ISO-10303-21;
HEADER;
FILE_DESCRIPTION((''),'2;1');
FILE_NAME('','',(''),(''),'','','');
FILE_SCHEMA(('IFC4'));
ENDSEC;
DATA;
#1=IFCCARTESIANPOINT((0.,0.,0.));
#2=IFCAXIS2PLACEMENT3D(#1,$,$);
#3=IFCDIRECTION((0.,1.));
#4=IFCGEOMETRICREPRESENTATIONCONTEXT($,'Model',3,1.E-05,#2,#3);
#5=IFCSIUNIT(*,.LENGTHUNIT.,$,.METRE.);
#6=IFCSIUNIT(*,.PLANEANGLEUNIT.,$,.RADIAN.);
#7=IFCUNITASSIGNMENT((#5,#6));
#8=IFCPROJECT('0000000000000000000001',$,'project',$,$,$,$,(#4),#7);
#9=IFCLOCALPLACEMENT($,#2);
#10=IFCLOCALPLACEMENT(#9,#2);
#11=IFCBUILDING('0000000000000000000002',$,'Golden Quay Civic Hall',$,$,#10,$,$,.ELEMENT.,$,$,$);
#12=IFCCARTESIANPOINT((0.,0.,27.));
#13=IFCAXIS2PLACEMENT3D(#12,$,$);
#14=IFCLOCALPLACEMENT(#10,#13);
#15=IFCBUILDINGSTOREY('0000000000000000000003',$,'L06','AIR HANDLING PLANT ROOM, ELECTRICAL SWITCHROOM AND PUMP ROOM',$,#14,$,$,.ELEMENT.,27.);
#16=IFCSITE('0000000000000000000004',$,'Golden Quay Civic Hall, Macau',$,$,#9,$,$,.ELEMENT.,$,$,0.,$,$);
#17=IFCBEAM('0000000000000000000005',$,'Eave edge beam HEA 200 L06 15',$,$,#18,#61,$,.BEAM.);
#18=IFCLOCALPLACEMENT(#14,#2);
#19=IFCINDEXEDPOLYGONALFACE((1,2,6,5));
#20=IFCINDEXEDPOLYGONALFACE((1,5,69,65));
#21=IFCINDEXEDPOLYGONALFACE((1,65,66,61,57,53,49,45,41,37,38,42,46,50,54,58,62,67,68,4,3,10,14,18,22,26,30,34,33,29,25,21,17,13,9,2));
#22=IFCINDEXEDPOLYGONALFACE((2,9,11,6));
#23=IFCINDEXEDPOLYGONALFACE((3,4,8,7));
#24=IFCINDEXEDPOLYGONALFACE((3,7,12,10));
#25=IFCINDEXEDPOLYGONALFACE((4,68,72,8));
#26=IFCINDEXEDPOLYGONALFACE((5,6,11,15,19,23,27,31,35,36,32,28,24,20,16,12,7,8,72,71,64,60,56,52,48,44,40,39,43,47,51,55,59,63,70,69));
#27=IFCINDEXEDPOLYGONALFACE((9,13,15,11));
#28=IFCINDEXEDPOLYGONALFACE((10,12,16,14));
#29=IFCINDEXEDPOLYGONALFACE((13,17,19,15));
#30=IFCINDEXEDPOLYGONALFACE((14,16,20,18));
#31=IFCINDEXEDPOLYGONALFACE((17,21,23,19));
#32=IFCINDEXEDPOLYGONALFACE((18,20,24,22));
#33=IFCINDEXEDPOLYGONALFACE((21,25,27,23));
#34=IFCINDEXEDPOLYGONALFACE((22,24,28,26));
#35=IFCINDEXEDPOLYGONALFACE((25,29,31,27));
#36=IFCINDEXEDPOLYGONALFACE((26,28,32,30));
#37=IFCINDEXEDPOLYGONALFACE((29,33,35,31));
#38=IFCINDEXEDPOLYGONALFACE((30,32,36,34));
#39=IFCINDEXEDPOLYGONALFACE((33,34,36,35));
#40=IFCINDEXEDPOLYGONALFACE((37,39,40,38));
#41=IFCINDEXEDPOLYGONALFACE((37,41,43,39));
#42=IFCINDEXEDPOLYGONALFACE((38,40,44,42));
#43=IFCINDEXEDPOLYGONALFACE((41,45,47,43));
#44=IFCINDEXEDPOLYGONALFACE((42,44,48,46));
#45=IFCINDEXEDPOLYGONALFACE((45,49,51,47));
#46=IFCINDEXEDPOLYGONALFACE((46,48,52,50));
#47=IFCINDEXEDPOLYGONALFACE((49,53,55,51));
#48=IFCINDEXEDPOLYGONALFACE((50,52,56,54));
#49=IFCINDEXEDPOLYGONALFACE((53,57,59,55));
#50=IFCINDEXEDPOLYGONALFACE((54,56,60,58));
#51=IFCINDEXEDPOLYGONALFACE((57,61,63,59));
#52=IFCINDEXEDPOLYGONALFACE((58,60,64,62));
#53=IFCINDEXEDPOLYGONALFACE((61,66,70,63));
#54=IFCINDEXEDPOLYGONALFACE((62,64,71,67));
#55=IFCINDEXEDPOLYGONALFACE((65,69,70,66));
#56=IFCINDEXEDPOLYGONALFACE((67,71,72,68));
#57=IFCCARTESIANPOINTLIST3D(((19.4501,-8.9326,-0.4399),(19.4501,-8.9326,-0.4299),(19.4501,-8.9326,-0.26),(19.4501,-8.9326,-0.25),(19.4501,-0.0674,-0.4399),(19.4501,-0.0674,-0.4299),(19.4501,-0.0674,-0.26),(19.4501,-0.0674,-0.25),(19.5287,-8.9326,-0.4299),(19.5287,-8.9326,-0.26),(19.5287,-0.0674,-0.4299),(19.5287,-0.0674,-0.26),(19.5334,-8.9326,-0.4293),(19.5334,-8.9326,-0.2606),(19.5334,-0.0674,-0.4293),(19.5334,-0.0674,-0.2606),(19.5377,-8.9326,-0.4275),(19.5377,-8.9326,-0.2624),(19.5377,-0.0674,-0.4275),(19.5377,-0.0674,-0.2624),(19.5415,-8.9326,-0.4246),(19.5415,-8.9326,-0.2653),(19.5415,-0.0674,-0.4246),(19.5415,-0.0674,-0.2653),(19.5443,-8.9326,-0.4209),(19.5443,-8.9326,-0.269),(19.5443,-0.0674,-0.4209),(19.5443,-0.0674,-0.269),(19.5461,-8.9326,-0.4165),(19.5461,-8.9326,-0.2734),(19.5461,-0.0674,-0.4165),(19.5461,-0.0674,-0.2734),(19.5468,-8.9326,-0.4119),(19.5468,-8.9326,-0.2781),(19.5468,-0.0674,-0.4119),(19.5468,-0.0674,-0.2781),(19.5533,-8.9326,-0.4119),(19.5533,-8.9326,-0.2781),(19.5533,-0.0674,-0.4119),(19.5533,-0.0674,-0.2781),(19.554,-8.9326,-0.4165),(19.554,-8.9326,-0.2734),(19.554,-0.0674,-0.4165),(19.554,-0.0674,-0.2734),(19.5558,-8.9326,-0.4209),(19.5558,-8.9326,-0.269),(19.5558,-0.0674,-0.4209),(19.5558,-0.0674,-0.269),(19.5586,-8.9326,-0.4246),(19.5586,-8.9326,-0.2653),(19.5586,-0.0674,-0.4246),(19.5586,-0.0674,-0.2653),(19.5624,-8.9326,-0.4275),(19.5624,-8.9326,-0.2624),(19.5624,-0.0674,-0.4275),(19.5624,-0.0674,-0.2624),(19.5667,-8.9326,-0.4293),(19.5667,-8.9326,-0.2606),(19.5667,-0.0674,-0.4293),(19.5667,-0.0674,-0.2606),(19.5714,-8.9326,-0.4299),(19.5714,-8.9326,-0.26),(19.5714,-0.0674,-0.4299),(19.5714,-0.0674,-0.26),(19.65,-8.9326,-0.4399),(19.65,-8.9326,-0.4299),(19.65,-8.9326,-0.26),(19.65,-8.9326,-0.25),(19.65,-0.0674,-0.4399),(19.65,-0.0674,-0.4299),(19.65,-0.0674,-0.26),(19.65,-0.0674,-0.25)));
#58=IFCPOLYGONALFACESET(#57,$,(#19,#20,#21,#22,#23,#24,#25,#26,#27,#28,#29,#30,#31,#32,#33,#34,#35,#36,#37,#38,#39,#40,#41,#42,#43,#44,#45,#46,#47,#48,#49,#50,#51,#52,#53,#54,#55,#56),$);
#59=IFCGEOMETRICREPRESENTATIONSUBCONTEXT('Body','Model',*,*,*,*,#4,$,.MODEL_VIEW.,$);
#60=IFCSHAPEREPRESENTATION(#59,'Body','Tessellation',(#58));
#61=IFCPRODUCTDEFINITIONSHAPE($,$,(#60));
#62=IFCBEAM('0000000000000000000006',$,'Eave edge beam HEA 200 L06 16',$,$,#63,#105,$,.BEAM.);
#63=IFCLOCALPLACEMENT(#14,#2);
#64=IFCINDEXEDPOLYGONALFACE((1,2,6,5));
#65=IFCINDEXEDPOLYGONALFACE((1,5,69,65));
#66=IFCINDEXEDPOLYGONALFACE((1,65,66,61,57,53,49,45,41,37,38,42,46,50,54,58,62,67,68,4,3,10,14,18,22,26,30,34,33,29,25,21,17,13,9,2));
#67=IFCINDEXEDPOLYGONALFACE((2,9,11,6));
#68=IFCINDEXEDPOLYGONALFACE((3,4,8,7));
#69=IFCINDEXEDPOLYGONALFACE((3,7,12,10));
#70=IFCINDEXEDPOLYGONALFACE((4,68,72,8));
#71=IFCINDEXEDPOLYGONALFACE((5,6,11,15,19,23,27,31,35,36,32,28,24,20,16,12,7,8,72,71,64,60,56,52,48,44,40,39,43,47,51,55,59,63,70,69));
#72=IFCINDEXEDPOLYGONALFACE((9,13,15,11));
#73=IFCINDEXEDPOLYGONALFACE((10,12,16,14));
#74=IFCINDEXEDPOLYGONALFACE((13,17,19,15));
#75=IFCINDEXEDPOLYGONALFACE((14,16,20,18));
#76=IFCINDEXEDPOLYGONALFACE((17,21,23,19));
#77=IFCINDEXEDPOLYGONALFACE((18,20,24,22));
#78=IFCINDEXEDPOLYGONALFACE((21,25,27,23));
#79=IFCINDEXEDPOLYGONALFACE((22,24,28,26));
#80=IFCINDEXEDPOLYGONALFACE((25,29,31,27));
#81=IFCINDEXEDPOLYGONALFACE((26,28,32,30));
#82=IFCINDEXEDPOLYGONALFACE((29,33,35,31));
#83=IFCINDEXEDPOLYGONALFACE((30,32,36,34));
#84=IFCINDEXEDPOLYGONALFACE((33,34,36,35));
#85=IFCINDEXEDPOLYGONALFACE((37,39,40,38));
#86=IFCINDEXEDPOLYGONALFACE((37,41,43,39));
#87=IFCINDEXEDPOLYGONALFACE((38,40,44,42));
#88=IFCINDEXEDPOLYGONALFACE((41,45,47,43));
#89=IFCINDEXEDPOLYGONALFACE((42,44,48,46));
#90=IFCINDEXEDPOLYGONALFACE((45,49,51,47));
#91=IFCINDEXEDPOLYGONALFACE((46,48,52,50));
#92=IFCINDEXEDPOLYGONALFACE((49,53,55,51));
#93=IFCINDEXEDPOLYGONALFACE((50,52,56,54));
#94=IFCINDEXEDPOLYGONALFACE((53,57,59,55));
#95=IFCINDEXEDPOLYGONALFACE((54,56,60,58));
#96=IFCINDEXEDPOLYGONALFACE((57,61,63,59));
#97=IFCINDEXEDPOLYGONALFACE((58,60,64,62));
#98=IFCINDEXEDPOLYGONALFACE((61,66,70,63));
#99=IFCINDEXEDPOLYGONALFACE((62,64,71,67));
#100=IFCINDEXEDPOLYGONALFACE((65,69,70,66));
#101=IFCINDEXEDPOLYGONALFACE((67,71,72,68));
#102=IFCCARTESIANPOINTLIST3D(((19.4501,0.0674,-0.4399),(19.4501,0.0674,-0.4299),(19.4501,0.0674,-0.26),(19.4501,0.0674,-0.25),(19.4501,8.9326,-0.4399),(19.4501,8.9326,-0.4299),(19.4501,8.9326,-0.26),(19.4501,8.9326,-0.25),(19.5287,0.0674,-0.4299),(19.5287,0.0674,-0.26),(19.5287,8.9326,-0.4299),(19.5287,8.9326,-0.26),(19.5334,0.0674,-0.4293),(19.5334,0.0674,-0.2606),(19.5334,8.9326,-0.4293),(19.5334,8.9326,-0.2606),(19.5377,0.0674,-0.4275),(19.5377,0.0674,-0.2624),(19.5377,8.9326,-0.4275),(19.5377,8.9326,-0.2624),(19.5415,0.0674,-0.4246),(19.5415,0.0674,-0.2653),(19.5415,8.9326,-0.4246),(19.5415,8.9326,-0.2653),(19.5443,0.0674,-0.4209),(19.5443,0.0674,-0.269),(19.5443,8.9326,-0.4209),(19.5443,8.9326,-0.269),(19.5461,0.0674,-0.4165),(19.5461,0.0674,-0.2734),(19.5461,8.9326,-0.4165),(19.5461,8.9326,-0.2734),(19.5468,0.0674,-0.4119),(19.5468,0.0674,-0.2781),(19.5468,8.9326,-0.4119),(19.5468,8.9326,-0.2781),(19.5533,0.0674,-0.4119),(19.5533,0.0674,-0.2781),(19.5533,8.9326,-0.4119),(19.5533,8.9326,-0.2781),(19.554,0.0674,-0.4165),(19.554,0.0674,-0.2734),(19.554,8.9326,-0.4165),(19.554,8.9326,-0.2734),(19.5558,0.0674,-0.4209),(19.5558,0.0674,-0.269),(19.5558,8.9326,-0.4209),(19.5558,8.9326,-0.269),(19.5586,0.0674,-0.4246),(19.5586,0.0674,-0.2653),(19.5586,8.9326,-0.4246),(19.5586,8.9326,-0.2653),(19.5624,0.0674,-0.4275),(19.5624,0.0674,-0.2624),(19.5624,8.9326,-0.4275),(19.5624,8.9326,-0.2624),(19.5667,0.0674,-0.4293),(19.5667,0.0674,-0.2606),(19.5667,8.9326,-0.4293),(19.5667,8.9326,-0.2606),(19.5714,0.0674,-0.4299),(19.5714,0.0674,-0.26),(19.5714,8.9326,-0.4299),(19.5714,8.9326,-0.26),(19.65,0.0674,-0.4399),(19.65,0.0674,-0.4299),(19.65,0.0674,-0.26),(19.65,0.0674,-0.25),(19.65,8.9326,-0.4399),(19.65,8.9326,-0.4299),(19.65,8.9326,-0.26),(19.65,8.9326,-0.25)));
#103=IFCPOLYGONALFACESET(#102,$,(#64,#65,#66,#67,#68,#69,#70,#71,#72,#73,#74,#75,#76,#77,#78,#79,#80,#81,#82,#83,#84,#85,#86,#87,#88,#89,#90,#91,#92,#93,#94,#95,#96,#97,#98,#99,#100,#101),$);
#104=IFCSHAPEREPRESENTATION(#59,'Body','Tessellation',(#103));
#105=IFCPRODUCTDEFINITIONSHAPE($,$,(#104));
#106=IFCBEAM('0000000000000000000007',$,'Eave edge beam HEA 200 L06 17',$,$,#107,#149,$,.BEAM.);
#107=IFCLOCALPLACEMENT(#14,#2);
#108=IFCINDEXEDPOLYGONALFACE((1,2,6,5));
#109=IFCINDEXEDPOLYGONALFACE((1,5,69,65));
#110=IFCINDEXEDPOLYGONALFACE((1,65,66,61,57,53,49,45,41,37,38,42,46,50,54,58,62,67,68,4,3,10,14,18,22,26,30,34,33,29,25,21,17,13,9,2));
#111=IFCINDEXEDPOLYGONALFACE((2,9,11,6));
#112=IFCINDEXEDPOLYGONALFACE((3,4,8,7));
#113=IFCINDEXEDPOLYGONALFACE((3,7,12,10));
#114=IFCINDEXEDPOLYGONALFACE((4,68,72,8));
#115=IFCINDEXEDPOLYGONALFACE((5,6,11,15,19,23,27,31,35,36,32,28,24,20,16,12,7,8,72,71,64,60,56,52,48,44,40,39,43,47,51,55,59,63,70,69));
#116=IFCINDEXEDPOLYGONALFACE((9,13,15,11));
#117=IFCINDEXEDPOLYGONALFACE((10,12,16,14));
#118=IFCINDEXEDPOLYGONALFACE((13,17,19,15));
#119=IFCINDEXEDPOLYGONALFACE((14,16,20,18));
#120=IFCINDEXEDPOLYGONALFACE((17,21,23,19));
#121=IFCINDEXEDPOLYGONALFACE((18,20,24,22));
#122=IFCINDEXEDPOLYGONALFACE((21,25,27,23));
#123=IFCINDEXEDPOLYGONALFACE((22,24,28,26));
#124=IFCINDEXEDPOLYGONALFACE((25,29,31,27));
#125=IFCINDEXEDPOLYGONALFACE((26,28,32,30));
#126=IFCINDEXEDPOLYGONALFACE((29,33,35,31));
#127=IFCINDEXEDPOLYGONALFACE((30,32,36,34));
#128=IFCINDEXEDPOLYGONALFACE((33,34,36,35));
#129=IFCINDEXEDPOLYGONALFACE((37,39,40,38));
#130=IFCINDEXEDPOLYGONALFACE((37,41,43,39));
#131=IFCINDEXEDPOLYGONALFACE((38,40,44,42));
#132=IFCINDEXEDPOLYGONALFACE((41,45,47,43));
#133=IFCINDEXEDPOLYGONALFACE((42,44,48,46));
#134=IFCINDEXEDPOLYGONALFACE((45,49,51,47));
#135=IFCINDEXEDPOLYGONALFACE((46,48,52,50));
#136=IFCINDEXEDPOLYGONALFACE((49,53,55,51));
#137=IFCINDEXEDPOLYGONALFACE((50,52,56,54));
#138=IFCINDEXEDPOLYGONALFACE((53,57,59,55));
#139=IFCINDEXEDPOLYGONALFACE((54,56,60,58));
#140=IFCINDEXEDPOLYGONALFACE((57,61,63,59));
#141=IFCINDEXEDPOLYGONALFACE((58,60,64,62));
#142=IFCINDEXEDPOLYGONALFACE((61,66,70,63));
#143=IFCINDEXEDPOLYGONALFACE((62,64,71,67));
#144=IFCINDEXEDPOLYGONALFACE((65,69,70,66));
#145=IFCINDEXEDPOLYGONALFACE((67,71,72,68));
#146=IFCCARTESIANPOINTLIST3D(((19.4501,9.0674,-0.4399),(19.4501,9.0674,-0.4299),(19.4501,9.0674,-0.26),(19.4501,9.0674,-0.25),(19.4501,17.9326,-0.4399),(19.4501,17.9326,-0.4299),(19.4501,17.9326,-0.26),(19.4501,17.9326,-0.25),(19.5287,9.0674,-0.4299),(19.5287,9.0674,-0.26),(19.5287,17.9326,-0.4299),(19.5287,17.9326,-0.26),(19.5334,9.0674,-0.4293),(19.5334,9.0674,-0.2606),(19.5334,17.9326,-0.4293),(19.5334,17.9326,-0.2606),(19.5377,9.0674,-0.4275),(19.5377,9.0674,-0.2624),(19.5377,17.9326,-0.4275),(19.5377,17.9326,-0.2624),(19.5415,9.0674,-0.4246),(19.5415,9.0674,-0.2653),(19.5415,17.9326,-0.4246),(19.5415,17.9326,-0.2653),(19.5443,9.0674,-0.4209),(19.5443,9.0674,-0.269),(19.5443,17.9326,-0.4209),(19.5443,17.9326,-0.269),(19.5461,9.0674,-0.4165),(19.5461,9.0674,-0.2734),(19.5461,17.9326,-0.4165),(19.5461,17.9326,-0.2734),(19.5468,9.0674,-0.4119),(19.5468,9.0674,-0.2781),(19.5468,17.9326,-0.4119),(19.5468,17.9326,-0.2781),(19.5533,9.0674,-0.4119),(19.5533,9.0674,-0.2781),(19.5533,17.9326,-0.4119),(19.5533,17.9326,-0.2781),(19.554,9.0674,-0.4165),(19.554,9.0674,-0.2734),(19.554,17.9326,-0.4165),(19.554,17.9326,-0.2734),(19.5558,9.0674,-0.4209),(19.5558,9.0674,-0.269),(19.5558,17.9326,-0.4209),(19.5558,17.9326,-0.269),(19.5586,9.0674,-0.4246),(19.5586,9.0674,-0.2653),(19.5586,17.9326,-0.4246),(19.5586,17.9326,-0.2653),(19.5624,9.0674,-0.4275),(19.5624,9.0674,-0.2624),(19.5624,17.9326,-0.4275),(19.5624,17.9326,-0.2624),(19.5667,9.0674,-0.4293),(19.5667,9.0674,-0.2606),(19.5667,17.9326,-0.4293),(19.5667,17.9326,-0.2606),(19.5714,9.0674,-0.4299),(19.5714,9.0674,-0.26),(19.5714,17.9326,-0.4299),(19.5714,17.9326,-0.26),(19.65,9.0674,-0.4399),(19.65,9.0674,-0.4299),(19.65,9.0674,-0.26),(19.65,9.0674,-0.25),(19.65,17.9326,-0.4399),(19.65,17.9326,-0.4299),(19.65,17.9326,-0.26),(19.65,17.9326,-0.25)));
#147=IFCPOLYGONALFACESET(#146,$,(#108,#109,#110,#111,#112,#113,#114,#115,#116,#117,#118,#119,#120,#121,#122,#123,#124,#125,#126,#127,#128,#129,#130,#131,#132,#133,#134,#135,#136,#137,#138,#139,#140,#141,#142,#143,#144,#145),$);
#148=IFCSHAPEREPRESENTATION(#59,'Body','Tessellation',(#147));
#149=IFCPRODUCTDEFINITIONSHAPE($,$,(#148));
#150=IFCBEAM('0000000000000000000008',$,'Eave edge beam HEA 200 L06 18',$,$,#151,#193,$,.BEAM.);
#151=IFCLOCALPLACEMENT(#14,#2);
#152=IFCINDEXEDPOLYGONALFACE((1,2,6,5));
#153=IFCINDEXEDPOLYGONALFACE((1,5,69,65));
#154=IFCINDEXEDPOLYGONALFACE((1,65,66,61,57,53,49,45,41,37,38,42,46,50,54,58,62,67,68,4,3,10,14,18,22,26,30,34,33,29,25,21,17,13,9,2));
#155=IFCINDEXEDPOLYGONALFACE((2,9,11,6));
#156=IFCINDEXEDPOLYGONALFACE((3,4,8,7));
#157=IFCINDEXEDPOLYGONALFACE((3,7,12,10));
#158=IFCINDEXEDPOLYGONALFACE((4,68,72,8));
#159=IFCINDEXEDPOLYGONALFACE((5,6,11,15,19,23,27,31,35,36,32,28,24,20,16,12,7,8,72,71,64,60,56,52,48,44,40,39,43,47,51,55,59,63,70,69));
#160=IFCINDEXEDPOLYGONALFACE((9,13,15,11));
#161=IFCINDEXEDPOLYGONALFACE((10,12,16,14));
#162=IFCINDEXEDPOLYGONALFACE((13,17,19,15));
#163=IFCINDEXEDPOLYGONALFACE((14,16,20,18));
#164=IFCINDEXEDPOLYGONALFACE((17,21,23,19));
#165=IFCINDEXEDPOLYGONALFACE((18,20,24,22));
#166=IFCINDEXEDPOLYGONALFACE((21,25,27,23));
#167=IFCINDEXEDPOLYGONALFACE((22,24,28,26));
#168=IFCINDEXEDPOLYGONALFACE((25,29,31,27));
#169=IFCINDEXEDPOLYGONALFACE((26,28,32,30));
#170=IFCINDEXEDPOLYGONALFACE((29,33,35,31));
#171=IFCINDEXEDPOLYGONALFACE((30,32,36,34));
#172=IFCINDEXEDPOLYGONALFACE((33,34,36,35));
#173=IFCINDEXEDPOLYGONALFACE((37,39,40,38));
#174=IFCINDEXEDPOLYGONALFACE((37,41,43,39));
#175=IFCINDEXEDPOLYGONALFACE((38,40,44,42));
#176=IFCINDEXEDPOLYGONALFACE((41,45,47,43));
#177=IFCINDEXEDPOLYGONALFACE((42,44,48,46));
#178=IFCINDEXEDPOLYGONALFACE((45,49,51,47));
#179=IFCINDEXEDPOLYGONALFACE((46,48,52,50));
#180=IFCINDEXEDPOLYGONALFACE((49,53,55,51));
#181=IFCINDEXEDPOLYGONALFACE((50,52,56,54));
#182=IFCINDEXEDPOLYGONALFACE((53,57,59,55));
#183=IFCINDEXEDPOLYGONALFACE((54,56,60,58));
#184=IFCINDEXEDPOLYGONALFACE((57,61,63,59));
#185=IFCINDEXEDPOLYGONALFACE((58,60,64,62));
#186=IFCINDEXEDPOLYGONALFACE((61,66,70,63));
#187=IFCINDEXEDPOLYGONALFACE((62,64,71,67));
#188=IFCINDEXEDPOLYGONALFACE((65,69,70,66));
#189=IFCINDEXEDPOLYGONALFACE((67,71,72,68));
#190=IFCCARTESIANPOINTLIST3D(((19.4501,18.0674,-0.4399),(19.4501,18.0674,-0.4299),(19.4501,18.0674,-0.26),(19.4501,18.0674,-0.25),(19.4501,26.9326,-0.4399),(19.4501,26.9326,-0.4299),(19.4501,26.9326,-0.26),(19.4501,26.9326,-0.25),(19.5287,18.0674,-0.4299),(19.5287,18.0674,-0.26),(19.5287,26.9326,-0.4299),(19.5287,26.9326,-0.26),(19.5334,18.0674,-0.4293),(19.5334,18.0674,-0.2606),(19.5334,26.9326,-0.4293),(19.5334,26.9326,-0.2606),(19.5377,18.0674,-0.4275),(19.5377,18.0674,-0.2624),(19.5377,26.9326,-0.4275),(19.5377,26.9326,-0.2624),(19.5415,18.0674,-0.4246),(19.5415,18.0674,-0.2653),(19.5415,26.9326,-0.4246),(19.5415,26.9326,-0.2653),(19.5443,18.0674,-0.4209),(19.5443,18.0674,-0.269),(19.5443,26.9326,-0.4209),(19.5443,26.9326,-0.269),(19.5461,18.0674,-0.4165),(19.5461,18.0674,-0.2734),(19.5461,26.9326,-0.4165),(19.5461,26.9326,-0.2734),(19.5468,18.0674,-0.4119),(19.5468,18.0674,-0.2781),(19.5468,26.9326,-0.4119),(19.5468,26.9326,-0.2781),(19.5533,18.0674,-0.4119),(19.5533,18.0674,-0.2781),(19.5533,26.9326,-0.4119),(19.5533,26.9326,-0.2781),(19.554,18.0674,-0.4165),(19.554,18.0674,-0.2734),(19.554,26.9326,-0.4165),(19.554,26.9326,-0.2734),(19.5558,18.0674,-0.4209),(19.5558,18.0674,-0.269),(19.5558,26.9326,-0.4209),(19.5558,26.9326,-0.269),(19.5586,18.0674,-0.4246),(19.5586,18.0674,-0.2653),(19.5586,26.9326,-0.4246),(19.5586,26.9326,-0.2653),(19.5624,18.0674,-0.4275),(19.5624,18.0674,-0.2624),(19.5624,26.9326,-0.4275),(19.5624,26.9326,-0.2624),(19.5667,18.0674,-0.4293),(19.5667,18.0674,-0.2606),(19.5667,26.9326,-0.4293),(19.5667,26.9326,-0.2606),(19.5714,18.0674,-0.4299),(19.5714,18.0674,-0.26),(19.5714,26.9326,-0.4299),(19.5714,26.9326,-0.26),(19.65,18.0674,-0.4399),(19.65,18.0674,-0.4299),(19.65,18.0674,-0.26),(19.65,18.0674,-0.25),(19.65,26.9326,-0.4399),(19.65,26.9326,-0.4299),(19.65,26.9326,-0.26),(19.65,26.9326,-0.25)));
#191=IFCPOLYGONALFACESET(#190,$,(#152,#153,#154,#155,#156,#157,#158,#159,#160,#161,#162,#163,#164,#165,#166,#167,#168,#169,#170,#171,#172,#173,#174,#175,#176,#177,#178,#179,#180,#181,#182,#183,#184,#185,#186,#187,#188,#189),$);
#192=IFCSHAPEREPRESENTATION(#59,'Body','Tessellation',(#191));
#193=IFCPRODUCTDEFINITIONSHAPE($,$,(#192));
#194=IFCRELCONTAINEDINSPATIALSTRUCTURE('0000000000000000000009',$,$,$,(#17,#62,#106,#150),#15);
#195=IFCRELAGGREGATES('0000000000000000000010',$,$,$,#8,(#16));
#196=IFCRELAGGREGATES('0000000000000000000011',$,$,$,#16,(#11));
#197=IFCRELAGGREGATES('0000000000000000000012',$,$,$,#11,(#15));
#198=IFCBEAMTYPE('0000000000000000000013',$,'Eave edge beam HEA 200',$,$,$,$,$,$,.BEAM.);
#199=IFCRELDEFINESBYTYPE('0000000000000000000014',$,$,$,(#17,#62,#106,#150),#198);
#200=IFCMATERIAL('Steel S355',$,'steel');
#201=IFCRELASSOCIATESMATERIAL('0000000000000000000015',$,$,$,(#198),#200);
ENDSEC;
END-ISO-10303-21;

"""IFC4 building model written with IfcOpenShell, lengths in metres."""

from ifc_helpers import new_model, si_unit, direction, frame, origin, origin_2d, place, context, subcontext, project, spatial, i_section, extrude, material, material_profile, profile_set, type_object, element, save


model = new_model("IFC4")

# Units and contexts
model_context = context("Model", 3, precision=1e-05, world=origin(), true_north=direction((0.0, 1.0)))
body_context = subcontext(model_context, "Body", "Model", "MODEL_VIEW")
ifc_project = project(units=[si_unit("LENGTHUNIT", "METRE"), si_unit("PLANEANGLEUNIT", "RADIAN")], contexts=[model_context])

# Site, building, storey
site_placement = place(None, origin())
site = spatial("IfcSite", under=ifc_project, at=site_placement, Name="Golden Quay Civic Hall, Macau", CompositionType="ELEMENT", RefElevation=0.0)
building_placement = place(site_placement, origin())
building = spatial("IfcBuilding", under=site, at=building_placement, Name="Golden Quay Civic Hall", CompositionType="ELEMENT")
storey_placement = place(building_placement, frame((0.0, 0.0, 27.0)))
storey = spatial("IfcBuildingStorey", under=building, at=storey_placement, Name="L06", Description="AIR HANDLING PLANT ROOM, ELECTRICAL SWITCHROOM AND PUMP ROOM", CompositionType="ELEMENT", Elevation=27.0)

# Beams
ifc_material_1 = material(Name="Steel S355", Category="steel")
ifc_material_profile_1 = material_profile(ifc_material_1, i_section(OverallWidth=0.2, OverallDepth=0.1899, WebThickness=0.0066, FlangeThickness=0.01, FilletRadius=0.0181, at=origin_2d()), Name="HEA 200")
ifc_profile_set_1 = profile_set([ifc_material_profile_1], Name="Steel S355")
beam_type_1 = type_object("IfcBeamType", Name="Eave edge beam HEA 200", PredefinedType="BEAM", material=ifc_profile_set_1)
for number, where, z_axis, x_axis, name in (
    (1, (19.55, -8.9326, -0.345), (0.0, 1.0, 0.0), (-1.0, 0.0, 0.0), "Eave edge beam HEA 200 L06 15"),
    (2, (19.55, 0.0674, -0.345), (0.0, 1.0, 0.0), (-1.0, 0.0, 0.0), "Eave edge beam HEA 200 L06 16"),
    (3, (19.55, 9.0674, -0.345), (0.0, 1.0, 0.0), (-1.0, 0.0, 0.0), "Eave edge beam HEA 200 L06 17"),
    (4, (19.55, 18.0674, -0.345), (0.0, 1.0, 0.0), (-1.0, 0.0, 0.0), "Eave edge beam HEA 200 L06 18"),
):
    element("IfcBeam", number, at=place(storey_placement, frame(where, z_axis=z_axis, x_axis=x_axis)), inside=storey, type_object=beam_type_1, Name=name, PredefinedType="BEAM", context=body_context, shape_type="SweptSolid", body=[
        extrude(i_section(OverallWidth=0.2, OverallDepth=0.1899, WebThickness=0.0066, FlangeThickness=0.01, FilletRadius=0.0181, at=origin_2d()), origin(), (0.0, 0.0, 1.0), 8.8652),
    ])

save(model, "model.ifc")
